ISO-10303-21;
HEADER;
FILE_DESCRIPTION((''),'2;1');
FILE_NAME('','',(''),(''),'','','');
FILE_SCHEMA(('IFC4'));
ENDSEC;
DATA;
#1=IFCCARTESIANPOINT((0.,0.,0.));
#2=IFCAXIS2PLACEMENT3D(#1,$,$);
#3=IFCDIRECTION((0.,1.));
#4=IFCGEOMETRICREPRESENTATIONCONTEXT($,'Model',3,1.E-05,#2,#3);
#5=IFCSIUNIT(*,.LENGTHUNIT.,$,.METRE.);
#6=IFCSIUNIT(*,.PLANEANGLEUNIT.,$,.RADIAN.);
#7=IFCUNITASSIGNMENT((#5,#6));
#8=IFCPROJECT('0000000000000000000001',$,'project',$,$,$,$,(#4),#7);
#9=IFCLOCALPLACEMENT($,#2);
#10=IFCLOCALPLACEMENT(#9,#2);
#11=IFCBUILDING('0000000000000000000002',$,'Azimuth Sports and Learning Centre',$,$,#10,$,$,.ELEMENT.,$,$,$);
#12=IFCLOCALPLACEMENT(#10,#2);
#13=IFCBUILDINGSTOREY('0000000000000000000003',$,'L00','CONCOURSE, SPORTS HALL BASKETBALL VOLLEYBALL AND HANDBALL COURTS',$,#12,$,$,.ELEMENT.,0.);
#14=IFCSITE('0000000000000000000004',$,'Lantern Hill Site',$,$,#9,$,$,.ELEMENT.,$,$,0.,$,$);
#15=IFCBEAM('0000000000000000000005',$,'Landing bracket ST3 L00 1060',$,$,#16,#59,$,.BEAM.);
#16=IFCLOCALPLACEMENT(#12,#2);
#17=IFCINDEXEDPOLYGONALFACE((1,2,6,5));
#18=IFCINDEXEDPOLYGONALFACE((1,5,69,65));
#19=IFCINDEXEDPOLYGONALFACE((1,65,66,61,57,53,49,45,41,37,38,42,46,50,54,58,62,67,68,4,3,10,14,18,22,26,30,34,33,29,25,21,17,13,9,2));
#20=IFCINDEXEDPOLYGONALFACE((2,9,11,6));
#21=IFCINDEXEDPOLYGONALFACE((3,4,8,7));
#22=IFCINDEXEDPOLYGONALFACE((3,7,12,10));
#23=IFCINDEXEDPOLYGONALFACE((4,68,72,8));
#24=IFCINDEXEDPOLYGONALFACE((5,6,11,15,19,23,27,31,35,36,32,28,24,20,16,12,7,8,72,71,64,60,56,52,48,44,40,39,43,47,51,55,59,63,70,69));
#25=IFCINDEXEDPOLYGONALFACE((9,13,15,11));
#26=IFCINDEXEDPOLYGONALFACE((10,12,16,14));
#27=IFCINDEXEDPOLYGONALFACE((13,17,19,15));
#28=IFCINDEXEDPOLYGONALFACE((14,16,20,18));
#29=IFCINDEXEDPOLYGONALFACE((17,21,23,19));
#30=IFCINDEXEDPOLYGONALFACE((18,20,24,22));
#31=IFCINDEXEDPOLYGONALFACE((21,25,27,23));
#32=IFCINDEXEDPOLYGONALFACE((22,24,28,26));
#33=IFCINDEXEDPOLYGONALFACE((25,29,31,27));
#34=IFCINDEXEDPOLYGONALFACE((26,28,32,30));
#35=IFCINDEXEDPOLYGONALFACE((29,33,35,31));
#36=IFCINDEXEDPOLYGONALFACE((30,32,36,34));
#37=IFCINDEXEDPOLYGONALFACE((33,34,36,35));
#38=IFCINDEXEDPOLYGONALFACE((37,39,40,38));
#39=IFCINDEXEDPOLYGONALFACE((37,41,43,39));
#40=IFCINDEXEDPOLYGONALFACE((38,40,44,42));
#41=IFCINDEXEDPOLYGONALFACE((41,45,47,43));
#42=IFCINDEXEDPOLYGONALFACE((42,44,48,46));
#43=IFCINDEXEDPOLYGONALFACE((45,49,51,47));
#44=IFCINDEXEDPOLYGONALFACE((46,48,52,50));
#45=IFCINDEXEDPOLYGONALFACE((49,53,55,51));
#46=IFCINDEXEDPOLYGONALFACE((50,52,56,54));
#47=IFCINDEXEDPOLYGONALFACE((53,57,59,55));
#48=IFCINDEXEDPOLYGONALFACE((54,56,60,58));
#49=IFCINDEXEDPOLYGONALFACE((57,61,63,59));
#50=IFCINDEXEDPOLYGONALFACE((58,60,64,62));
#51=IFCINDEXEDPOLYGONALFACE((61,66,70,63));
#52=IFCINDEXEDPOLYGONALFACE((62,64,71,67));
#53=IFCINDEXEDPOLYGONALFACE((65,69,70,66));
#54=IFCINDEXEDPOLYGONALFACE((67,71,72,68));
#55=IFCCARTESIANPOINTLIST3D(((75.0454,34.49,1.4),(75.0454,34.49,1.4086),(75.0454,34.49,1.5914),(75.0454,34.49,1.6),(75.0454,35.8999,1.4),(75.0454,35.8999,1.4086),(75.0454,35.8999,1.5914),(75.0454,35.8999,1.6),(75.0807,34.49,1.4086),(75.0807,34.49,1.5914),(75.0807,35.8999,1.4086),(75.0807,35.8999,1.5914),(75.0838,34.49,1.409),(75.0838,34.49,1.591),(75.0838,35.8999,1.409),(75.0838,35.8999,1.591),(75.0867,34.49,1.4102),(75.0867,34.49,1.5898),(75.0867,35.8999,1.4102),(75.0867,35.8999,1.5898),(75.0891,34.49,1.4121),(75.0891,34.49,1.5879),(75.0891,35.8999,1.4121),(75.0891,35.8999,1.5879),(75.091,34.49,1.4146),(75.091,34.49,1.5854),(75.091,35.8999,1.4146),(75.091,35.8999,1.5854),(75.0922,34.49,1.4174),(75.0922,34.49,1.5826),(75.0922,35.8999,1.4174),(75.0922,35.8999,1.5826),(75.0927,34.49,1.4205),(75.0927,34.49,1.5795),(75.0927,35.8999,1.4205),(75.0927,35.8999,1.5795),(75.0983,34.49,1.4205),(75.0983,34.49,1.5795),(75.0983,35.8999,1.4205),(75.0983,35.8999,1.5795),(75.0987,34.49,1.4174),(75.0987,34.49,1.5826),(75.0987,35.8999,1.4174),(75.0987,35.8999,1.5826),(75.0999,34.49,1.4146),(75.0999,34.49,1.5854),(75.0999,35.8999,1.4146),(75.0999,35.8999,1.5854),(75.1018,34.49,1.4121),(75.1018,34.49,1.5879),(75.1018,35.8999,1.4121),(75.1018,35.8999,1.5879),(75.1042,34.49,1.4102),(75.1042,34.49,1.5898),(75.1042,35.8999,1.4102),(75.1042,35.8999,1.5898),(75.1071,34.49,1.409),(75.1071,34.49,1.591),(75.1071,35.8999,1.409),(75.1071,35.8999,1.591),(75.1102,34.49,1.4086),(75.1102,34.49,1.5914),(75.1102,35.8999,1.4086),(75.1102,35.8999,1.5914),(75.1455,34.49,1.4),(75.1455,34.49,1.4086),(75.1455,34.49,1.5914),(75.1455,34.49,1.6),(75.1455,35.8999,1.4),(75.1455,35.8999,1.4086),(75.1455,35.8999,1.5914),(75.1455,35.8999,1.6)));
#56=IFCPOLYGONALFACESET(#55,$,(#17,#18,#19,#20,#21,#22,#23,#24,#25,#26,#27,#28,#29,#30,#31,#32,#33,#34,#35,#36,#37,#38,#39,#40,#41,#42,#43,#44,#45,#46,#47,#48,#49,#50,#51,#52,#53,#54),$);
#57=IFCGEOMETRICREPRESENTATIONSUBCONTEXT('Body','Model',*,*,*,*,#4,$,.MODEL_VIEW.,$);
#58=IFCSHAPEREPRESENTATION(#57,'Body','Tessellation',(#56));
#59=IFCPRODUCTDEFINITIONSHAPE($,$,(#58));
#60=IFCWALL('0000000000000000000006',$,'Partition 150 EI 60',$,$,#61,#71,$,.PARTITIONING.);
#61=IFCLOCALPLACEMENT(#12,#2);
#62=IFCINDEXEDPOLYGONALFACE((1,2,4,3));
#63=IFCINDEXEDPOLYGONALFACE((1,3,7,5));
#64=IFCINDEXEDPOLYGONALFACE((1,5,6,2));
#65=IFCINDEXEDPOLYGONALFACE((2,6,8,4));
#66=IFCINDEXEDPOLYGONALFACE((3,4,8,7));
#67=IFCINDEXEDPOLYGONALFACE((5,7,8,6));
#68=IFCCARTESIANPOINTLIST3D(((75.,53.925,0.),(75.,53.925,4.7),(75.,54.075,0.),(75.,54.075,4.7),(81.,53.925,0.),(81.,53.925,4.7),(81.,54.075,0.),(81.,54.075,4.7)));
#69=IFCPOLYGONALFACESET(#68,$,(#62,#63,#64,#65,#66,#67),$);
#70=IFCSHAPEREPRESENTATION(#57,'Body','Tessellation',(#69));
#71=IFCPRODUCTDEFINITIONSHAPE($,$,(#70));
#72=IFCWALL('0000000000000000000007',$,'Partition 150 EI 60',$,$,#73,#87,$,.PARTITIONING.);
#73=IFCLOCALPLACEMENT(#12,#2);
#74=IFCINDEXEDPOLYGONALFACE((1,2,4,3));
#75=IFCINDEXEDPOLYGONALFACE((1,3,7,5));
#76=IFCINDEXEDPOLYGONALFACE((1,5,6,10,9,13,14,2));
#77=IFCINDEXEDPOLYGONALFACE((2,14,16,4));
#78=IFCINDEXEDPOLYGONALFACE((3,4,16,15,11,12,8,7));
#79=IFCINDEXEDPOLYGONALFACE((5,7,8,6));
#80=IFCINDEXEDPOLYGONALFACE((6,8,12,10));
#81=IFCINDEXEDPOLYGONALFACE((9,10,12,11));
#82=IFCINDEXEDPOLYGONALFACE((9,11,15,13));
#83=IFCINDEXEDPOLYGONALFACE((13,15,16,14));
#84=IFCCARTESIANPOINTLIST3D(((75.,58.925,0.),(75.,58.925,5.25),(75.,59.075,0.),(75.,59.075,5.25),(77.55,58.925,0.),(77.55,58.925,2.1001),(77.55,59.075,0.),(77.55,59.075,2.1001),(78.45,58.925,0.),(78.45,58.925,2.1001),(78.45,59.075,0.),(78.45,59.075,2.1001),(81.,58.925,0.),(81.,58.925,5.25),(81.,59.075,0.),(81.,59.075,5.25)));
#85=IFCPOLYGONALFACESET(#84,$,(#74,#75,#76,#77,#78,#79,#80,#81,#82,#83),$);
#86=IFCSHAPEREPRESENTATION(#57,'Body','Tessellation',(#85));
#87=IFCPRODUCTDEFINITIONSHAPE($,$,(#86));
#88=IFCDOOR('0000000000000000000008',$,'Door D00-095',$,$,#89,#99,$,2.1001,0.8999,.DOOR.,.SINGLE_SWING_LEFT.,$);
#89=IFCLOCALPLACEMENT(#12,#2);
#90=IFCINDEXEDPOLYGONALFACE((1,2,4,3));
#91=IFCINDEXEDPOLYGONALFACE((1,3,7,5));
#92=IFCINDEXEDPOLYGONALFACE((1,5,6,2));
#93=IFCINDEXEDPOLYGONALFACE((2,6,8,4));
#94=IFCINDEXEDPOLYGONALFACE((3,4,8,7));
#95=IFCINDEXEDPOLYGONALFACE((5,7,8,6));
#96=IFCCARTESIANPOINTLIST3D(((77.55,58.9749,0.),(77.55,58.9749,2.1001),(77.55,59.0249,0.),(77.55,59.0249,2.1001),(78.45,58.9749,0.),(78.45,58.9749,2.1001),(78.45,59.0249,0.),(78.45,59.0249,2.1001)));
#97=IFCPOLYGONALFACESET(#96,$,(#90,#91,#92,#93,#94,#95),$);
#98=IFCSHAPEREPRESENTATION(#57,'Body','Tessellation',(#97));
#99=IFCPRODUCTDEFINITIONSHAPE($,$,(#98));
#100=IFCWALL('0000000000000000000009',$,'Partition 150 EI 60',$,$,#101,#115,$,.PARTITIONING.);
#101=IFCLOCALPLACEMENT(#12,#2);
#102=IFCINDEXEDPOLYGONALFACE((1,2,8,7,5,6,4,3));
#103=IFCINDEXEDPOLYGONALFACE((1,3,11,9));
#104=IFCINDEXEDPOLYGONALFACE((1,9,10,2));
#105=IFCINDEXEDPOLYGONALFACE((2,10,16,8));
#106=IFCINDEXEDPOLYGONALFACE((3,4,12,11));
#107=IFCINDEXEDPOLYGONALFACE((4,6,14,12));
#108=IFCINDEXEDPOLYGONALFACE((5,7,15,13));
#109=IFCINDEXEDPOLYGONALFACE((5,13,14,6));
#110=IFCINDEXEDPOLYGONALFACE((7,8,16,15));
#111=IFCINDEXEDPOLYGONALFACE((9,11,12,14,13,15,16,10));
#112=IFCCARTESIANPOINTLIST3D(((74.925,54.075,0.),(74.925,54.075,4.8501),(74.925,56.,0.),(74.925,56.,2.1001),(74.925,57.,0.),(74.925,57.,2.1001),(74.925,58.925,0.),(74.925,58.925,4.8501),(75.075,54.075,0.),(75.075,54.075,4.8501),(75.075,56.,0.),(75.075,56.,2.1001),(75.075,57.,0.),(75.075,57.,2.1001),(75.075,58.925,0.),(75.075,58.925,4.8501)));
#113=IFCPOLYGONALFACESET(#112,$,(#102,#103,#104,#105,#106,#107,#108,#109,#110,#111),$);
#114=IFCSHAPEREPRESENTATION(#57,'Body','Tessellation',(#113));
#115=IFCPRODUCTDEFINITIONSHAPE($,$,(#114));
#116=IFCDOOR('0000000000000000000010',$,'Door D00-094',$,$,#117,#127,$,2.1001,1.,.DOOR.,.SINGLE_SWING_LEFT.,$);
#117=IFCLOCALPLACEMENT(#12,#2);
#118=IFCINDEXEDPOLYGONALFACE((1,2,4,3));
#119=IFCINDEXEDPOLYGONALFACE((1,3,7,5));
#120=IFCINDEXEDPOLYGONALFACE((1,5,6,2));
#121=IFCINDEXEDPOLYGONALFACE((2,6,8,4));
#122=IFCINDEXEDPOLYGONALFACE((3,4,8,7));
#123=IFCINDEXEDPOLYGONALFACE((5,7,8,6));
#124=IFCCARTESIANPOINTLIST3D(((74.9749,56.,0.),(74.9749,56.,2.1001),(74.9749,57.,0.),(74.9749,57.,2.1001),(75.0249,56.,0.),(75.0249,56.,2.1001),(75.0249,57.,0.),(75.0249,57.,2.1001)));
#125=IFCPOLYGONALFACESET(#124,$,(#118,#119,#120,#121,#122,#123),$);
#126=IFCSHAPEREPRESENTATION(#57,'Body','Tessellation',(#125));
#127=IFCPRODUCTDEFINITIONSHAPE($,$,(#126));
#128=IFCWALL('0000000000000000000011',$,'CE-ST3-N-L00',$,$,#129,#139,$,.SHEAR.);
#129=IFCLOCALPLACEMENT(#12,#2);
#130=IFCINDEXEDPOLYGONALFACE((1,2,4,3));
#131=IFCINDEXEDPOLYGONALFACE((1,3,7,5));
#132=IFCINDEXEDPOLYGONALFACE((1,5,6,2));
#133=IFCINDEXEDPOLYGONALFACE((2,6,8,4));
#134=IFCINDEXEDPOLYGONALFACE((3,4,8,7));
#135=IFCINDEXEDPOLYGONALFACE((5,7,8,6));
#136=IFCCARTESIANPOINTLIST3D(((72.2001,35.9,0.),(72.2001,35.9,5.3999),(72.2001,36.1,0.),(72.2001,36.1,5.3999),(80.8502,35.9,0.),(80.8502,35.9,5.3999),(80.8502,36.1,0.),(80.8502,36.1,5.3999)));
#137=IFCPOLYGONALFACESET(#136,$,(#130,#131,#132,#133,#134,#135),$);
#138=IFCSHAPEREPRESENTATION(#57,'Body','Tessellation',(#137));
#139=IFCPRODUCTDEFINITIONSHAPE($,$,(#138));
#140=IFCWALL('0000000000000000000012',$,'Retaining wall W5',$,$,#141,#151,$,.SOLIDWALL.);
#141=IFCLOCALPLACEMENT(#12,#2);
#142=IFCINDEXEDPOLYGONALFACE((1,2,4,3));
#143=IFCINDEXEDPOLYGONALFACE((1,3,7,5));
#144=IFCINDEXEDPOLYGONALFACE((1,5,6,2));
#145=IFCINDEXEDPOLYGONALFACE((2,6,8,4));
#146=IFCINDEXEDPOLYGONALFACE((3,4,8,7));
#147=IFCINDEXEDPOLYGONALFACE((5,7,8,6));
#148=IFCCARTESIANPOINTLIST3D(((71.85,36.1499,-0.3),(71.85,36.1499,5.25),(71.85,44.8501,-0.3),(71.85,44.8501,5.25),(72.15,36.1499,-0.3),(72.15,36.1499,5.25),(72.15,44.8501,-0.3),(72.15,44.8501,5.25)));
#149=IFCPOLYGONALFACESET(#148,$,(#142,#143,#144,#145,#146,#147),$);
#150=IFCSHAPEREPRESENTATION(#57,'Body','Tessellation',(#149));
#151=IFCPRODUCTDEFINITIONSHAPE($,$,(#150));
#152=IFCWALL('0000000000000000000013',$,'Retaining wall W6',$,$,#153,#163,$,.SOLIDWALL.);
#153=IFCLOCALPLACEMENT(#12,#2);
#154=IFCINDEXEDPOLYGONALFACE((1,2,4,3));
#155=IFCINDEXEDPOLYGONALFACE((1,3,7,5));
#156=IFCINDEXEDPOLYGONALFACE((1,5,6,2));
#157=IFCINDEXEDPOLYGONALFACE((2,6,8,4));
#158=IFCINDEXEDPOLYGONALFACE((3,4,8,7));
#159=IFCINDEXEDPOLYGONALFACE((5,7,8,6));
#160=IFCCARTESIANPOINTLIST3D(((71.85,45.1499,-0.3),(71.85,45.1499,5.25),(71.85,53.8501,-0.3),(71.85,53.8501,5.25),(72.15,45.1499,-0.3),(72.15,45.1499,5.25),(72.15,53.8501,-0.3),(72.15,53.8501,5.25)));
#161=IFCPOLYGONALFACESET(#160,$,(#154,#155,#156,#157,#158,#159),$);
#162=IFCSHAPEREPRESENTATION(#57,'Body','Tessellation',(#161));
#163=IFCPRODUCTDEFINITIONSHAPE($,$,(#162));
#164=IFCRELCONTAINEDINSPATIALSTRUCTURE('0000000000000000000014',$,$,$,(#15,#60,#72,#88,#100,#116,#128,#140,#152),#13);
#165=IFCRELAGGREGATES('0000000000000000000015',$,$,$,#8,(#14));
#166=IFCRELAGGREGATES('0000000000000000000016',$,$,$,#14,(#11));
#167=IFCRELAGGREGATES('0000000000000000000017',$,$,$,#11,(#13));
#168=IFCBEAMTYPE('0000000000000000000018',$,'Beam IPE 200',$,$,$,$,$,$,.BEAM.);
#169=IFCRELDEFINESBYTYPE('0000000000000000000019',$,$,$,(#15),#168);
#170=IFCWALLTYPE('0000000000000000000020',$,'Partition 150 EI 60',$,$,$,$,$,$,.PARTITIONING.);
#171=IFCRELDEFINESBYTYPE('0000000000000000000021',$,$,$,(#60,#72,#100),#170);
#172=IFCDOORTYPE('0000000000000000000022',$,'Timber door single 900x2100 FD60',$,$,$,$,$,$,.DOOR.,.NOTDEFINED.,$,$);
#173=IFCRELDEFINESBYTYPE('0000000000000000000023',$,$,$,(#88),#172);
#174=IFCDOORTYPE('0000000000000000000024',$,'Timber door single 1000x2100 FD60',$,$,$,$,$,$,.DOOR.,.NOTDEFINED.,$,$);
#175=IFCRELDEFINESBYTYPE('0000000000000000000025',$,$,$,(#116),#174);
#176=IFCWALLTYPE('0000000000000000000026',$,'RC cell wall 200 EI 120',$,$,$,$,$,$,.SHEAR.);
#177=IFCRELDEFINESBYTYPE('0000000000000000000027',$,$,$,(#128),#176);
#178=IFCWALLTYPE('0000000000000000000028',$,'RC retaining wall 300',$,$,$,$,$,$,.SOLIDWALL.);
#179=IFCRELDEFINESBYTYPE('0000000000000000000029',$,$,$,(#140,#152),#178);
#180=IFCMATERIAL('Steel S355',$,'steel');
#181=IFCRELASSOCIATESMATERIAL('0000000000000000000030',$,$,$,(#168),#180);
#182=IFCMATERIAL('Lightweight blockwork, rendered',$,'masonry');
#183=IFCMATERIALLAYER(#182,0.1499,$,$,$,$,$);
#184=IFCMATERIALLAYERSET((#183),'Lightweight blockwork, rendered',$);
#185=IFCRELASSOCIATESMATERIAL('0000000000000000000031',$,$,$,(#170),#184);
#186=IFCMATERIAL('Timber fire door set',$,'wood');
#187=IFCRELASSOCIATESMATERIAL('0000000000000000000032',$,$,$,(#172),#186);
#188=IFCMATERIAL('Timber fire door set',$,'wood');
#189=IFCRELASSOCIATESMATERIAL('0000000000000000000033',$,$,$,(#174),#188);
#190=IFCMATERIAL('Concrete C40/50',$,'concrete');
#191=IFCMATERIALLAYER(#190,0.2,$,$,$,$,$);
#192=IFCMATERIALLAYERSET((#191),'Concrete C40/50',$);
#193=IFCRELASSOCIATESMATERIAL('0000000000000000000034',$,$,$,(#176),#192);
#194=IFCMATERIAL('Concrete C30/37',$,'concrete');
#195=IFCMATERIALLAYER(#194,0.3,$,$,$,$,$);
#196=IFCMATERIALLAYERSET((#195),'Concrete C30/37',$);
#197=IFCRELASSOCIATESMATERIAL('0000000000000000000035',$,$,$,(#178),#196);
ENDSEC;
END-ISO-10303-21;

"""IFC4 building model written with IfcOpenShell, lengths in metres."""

from ifc_helpers import new_model, si_unit, direction, frame, frame_2d, origin, origin_2d, place, context, subcontext, project, spatial, rectangle, i_section, extrude, material, layer, layer_set, material_profile, profile_set, type_object, element, fill, save


model = new_model("IFC4")

# Units and contexts
model_context = context("Model", 3, precision=1e-05, world=origin(), true_north=direction((0.0, 1.0)))
body_context = subcontext(model_context, "Body", "Model", "MODEL_VIEW")
ifc_project = project(units=[si_unit("LENGTHUNIT", "METRE"), si_unit("PLANEANGLEUNIT", "RADIAN")], contexts=[model_context])

# Site, building, storey
site_placement = place(None, origin())
site = spatial("IfcSite", under=ifc_project, at=site_placement, Name="Lantern Hill Site", CompositionType="ELEMENT", RefElevation=0.0)
building_placement = place(site_placement, origin())
building = spatial("IfcBuilding", under=site, at=building_placement, Name="Azimuth Sports and Learning Centre", CompositionType="ELEMENT")
storey_placement = place(building_placement, origin())
storey = spatial("IfcBuildingStorey", under=building, at=storey_placement, Name="L00", Description="CONCOURSE, SPORTS HALL BASKETBALL VOLLEYBALL AND HANDBALL COURTS", CompositionType="ELEMENT", Elevation=0.0)

# Beam
ifc_material_1 = material(Name="Steel S355", Category="steel")
ifc_material_profile_1 = material_profile(ifc_material_1, i_section(OverallWidth=0.1001, OverallDepth=0.2, WebThickness=0.0056, FlangeThickness=0.0085, FilletRadius=0.012, at=origin_2d()), Name="IPE 200")
ifc_profile_set_1 = profile_set([ifc_material_profile_1], Name="Steel S355")
beam_type = type_object("IfcBeamType", Name="Beam IPE 200", PredefinedType="BEAM", material=ifc_profile_set_1)
for number, where, z_axis, x_axis, name in (
    (1, (75.0955, 35.8999, 1.5), (0.0, -1.0, 0.0), (1.0, 0.0, 0.0), "Landing bracket ST3 L00 1060"),
):
    element("IfcBeam", number, at=place(storey_placement, frame(where, z_axis=z_axis, x_axis=x_axis)), inside=storey, type_object=beam_type, Name=name, PredefinedType="BEAM", context=body_context, shape_type="SweptSolid", body=[
        extrude(i_section(OverallWidth=0.1001, OverallDepth=0.2, WebThickness=0.0056, FlangeThickness=0.0085, FilletRadius=0.012, at=origin_2d()), origin(), (0.0, 0.0, 1.0), 1.4099),
    ])

# Wall
ifc_material_2 = material(Name="Lightweight blockwork, rendered", Category="masonry")
ifc_layer_1 = layer(ifc_material_2, 0.1499)
ifc_layer_set_1 = layer_set([ifc_layer_1], Name="Lightweight blockwork, rendered")
wall_type_1 = type_object("IfcWallType", Name="Partition 150 EI 60", PredefinedType="PARTITIONING", material=ifc_layer_set_1)
wall_1_placement = place(storey_placement, frame((75.0, 54.0, 0.0), z_axis=(0.0, 0.0, 1.0), x_axis=(1.0, 0.0, 0.0)))
element("IfcWall", 2, at=wall_1_placement, inside=storey, type_object=wall_type_1, Name="Partition 150 EI 60", PredefinedType="PARTITIONING", context=body_context, shape_type="SweptSolid", body=[
    extrude(rectangle(XDim=6.0, YDim=0.1499, at=frame_2d((3.0, 0.0))), origin(), (0.0, 0.0, 1.0), 4.7),
])

# Walls, openings, doors
wall_2_placement = place(storey_placement, frame((75.0, 59.0, 0.0), z_axis=(0.0, 0.0, 1.0), x_axis=(1.0, 0.0, 0.0)))
wall_2 = element("IfcWall", 3, at=wall_2_placement, inside=storey, type_object=wall_type_1, Name="Partition 150 EI 60", PredefinedType="PARTITIONING", context=body_context, shape_type="SweptSolid", body=[
    extrude(rectangle(XDim=6.0, YDim=0.1499, at=frame_2d((3.0, 0.0))), origin(), (0.0, 0.0, 1.0), 5.25),
])
opening_1_placement = place(wall_2_placement, frame((2.55, 0.0, 0.0)))
opening_1 = element("IfcOpeningElement", 4, at=opening_1_placement, cuts=wall_2, PredefinedType="OPENING", context=body_context, shape_type="SweptSolid", body=[
    extrude(rectangle(XDim=0.8999, YDim=2.1001, at=frame_2d((0.45, 1.05))), frame((0.0, 0.0859, 0.0), z_axis=(0.0, -1.0, 0.0), x_axis=(1.0, 0.0, 0.0)), (0.0, 0.0, 1.0), 0.1719),
])
ifc_material_3 = material(Name="Timber fire door set", Category="wood")
door_type_1 = type_object("IfcDoorType", Name="Timber door single 900x2100 FD60", OperationType="NOTDEFINED", PredefinedType="DOOR", material=ifc_material_3)
door_1_placement = place(opening_1_placement, origin())
door_1 = element("IfcDoor", 5, at=door_1_placement, inside=storey, type_object=door_type_1, Name="Door D00-095", OperationType="SINGLE_SWING_LEFT", OverallHeight=2.1001, OverallWidth=0.8999, PredefinedType="DOOR", context=body_context, shape_type="SweptSolid", body=[
    extrude(rectangle(XDim=0.8999, YDim=2.1001, at=frame_2d((0.45, 1.05))), frame((0.0, 0.0249, 0.0), z_axis=(0.0, -1.0, 0.0), x_axis=(1.0, 0.0, 0.0)), (0.0, 0.0, 1.0), 0.05),
])
fill(opening_1, door_1)
wall_3_placement = place(storey_placement, frame((75.0, 54.075, 0.0), z_axis=(0.0, 0.0, 1.0), x_axis=(0.0, 1.0, 0.0)))
wall_3 = element("IfcWall", 6, at=wall_3_placement, inside=storey, type_object=wall_type_1, Name="Partition 150 EI 60", PredefinedType="PARTITIONING", context=body_context, shape_type="SweptSolid", body=[
    extrude(rectangle(XDim=4.8501, YDim=0.1499, at=frame_2d((2.425, 0.0))), origin(), (0.0, 0.0, 1.0), 4.8501),
])
opening_2_placement = place(wall_3_placement, frame((1.925, 0.0, 0.0)))
opening_2 = element("IfcOpeningElement", 7, at=opening_2_placement, cuts=wall_3, PredefinedType="OPENING", context=body_context, shape_type="SweptSolid", body=[
    extrude(rectangle(XDim=1.0, YDim=2.1001, at=frame_2d((0.5, 1.05))), frame((0.0, 0.0859, 0.0), z_axis=(0.0, -1.0, 0.0), x_axis=(1.0, 0.0, 0.0)), (0.0, 0.0, 1.0), 0.1719),
])
ifc_material_4 = material(Name="Timber fire door set", Category="wood")
door_type_2 = type_object("IfcDoorType", Name="Timber door single 1000x2100 FD60", OperationType="NOTDEFINED", PredefinedType="DOOR", material=ifc_material_4)
door_2_placement = place(opening_2_placement, frame((1.0, 0.0, 0.0), z_axis=(0.0, 0.0, 1.0), x_axis=(-1.0, 0.0, 0.0)))
door_2 = element("IfcDoor", 8, at=door_2_placement, inside=storey, type_object=door_type_2, Name="Door D00-094", OperationType="SINGLE_SWING_LEFT", OverallHeight=2.1001, OverallWidth=1.0, PredefinedType="DOOR", context=body_context, shape_type="SweptSolid", body=[
    extrude(rectangle(XDim=1.0, YDim=2.1001, at=frame_2d((0.5, 1.05))), frame((0.0, 0.0249, 0.0), z_axis=(0.0, -1.0, 0.0), x_axis=(1.0, 0.0, 0.0)), (0.0, 0.0, 1.0), 0.05),
])
fill(opening_2, door_2)

# Walls
ifc_material_5 = material(Name="Concrete C40/50", Category="concrete")
ifc_layer_2 = layer(ifc_material_5, 0.2)
ifc_layer_set_2 = layer_set([ifc_layer_2], Name="Concrete C40/50")
wall_type_2 = type_object("IfcWallType", Name="RC cell wall 200 EI 120", PredefinedType="SHEAR", material=ifc_layer_set_2)
wall_4_placement = place(storey_placement, frame((72.2, 36.0, 0.0), z_axis=(0.0, 0.0, 1.0), x_axis=(1.0, 0.0, 0.0)))
element("IfcWall", 9, at=wall_4_placement, inside=storey, type_object=wall_type_2, Name="CE-ST3-N-L00", PredefinedType="SHEAR", context=body_context, shape_type="SweptSolid", body=[
    extrude(rectangle(XDim=8.6501, YDim=0.2, at=frame_2d((4.3252, 0.0))), origin(), (0.0, 0.0, 1.0), 5.3999),
])
ifc_material_6 = material(Name="Concrete C30/37", Category="concrete")
ifc_layer_3 = layer(ifc_material_6, 0.3)
ifc_layer_set_3 = layer_set([ifc_layer_3], Name="Concrete C30/37")
wall_type_3 = type_object("IfcWallType", Name="RC retaining wall 300", PredefinedType="SOLIDWALL", material=ifc_layer_set_3)
for number, where, z_axis, x_axis, name in (
    (10, (72.0, 36.1499, -0.3), (0.0, 0.0, 1.0), (0.0, 1.0, 0.0), "Retaining wall W5"),
    (11, (72.0, 45.1499, -0.3), (0.0, 0.0, 1.0), (0.0, 1.0, 0.0), "Retaining wall W6"),
):
    element("IfcWall", number, at=place(storey_placement, frame(where, z_axis=z_axis, x_axis=x_axis)), inside=storey, type_object=wall_type_3, Name=name, PredefinedType="SOLIDWALL", context=body_context, shape_type="SweptSolid", body=[
        extrude(rectangle(XDim=8.7002, YDim=0.3, at=frame_2d((4.3501, 0.0))), origin(), (0.0, 0.0, 1.0), 5.55),
    ])

save(model, "model.ifc")
